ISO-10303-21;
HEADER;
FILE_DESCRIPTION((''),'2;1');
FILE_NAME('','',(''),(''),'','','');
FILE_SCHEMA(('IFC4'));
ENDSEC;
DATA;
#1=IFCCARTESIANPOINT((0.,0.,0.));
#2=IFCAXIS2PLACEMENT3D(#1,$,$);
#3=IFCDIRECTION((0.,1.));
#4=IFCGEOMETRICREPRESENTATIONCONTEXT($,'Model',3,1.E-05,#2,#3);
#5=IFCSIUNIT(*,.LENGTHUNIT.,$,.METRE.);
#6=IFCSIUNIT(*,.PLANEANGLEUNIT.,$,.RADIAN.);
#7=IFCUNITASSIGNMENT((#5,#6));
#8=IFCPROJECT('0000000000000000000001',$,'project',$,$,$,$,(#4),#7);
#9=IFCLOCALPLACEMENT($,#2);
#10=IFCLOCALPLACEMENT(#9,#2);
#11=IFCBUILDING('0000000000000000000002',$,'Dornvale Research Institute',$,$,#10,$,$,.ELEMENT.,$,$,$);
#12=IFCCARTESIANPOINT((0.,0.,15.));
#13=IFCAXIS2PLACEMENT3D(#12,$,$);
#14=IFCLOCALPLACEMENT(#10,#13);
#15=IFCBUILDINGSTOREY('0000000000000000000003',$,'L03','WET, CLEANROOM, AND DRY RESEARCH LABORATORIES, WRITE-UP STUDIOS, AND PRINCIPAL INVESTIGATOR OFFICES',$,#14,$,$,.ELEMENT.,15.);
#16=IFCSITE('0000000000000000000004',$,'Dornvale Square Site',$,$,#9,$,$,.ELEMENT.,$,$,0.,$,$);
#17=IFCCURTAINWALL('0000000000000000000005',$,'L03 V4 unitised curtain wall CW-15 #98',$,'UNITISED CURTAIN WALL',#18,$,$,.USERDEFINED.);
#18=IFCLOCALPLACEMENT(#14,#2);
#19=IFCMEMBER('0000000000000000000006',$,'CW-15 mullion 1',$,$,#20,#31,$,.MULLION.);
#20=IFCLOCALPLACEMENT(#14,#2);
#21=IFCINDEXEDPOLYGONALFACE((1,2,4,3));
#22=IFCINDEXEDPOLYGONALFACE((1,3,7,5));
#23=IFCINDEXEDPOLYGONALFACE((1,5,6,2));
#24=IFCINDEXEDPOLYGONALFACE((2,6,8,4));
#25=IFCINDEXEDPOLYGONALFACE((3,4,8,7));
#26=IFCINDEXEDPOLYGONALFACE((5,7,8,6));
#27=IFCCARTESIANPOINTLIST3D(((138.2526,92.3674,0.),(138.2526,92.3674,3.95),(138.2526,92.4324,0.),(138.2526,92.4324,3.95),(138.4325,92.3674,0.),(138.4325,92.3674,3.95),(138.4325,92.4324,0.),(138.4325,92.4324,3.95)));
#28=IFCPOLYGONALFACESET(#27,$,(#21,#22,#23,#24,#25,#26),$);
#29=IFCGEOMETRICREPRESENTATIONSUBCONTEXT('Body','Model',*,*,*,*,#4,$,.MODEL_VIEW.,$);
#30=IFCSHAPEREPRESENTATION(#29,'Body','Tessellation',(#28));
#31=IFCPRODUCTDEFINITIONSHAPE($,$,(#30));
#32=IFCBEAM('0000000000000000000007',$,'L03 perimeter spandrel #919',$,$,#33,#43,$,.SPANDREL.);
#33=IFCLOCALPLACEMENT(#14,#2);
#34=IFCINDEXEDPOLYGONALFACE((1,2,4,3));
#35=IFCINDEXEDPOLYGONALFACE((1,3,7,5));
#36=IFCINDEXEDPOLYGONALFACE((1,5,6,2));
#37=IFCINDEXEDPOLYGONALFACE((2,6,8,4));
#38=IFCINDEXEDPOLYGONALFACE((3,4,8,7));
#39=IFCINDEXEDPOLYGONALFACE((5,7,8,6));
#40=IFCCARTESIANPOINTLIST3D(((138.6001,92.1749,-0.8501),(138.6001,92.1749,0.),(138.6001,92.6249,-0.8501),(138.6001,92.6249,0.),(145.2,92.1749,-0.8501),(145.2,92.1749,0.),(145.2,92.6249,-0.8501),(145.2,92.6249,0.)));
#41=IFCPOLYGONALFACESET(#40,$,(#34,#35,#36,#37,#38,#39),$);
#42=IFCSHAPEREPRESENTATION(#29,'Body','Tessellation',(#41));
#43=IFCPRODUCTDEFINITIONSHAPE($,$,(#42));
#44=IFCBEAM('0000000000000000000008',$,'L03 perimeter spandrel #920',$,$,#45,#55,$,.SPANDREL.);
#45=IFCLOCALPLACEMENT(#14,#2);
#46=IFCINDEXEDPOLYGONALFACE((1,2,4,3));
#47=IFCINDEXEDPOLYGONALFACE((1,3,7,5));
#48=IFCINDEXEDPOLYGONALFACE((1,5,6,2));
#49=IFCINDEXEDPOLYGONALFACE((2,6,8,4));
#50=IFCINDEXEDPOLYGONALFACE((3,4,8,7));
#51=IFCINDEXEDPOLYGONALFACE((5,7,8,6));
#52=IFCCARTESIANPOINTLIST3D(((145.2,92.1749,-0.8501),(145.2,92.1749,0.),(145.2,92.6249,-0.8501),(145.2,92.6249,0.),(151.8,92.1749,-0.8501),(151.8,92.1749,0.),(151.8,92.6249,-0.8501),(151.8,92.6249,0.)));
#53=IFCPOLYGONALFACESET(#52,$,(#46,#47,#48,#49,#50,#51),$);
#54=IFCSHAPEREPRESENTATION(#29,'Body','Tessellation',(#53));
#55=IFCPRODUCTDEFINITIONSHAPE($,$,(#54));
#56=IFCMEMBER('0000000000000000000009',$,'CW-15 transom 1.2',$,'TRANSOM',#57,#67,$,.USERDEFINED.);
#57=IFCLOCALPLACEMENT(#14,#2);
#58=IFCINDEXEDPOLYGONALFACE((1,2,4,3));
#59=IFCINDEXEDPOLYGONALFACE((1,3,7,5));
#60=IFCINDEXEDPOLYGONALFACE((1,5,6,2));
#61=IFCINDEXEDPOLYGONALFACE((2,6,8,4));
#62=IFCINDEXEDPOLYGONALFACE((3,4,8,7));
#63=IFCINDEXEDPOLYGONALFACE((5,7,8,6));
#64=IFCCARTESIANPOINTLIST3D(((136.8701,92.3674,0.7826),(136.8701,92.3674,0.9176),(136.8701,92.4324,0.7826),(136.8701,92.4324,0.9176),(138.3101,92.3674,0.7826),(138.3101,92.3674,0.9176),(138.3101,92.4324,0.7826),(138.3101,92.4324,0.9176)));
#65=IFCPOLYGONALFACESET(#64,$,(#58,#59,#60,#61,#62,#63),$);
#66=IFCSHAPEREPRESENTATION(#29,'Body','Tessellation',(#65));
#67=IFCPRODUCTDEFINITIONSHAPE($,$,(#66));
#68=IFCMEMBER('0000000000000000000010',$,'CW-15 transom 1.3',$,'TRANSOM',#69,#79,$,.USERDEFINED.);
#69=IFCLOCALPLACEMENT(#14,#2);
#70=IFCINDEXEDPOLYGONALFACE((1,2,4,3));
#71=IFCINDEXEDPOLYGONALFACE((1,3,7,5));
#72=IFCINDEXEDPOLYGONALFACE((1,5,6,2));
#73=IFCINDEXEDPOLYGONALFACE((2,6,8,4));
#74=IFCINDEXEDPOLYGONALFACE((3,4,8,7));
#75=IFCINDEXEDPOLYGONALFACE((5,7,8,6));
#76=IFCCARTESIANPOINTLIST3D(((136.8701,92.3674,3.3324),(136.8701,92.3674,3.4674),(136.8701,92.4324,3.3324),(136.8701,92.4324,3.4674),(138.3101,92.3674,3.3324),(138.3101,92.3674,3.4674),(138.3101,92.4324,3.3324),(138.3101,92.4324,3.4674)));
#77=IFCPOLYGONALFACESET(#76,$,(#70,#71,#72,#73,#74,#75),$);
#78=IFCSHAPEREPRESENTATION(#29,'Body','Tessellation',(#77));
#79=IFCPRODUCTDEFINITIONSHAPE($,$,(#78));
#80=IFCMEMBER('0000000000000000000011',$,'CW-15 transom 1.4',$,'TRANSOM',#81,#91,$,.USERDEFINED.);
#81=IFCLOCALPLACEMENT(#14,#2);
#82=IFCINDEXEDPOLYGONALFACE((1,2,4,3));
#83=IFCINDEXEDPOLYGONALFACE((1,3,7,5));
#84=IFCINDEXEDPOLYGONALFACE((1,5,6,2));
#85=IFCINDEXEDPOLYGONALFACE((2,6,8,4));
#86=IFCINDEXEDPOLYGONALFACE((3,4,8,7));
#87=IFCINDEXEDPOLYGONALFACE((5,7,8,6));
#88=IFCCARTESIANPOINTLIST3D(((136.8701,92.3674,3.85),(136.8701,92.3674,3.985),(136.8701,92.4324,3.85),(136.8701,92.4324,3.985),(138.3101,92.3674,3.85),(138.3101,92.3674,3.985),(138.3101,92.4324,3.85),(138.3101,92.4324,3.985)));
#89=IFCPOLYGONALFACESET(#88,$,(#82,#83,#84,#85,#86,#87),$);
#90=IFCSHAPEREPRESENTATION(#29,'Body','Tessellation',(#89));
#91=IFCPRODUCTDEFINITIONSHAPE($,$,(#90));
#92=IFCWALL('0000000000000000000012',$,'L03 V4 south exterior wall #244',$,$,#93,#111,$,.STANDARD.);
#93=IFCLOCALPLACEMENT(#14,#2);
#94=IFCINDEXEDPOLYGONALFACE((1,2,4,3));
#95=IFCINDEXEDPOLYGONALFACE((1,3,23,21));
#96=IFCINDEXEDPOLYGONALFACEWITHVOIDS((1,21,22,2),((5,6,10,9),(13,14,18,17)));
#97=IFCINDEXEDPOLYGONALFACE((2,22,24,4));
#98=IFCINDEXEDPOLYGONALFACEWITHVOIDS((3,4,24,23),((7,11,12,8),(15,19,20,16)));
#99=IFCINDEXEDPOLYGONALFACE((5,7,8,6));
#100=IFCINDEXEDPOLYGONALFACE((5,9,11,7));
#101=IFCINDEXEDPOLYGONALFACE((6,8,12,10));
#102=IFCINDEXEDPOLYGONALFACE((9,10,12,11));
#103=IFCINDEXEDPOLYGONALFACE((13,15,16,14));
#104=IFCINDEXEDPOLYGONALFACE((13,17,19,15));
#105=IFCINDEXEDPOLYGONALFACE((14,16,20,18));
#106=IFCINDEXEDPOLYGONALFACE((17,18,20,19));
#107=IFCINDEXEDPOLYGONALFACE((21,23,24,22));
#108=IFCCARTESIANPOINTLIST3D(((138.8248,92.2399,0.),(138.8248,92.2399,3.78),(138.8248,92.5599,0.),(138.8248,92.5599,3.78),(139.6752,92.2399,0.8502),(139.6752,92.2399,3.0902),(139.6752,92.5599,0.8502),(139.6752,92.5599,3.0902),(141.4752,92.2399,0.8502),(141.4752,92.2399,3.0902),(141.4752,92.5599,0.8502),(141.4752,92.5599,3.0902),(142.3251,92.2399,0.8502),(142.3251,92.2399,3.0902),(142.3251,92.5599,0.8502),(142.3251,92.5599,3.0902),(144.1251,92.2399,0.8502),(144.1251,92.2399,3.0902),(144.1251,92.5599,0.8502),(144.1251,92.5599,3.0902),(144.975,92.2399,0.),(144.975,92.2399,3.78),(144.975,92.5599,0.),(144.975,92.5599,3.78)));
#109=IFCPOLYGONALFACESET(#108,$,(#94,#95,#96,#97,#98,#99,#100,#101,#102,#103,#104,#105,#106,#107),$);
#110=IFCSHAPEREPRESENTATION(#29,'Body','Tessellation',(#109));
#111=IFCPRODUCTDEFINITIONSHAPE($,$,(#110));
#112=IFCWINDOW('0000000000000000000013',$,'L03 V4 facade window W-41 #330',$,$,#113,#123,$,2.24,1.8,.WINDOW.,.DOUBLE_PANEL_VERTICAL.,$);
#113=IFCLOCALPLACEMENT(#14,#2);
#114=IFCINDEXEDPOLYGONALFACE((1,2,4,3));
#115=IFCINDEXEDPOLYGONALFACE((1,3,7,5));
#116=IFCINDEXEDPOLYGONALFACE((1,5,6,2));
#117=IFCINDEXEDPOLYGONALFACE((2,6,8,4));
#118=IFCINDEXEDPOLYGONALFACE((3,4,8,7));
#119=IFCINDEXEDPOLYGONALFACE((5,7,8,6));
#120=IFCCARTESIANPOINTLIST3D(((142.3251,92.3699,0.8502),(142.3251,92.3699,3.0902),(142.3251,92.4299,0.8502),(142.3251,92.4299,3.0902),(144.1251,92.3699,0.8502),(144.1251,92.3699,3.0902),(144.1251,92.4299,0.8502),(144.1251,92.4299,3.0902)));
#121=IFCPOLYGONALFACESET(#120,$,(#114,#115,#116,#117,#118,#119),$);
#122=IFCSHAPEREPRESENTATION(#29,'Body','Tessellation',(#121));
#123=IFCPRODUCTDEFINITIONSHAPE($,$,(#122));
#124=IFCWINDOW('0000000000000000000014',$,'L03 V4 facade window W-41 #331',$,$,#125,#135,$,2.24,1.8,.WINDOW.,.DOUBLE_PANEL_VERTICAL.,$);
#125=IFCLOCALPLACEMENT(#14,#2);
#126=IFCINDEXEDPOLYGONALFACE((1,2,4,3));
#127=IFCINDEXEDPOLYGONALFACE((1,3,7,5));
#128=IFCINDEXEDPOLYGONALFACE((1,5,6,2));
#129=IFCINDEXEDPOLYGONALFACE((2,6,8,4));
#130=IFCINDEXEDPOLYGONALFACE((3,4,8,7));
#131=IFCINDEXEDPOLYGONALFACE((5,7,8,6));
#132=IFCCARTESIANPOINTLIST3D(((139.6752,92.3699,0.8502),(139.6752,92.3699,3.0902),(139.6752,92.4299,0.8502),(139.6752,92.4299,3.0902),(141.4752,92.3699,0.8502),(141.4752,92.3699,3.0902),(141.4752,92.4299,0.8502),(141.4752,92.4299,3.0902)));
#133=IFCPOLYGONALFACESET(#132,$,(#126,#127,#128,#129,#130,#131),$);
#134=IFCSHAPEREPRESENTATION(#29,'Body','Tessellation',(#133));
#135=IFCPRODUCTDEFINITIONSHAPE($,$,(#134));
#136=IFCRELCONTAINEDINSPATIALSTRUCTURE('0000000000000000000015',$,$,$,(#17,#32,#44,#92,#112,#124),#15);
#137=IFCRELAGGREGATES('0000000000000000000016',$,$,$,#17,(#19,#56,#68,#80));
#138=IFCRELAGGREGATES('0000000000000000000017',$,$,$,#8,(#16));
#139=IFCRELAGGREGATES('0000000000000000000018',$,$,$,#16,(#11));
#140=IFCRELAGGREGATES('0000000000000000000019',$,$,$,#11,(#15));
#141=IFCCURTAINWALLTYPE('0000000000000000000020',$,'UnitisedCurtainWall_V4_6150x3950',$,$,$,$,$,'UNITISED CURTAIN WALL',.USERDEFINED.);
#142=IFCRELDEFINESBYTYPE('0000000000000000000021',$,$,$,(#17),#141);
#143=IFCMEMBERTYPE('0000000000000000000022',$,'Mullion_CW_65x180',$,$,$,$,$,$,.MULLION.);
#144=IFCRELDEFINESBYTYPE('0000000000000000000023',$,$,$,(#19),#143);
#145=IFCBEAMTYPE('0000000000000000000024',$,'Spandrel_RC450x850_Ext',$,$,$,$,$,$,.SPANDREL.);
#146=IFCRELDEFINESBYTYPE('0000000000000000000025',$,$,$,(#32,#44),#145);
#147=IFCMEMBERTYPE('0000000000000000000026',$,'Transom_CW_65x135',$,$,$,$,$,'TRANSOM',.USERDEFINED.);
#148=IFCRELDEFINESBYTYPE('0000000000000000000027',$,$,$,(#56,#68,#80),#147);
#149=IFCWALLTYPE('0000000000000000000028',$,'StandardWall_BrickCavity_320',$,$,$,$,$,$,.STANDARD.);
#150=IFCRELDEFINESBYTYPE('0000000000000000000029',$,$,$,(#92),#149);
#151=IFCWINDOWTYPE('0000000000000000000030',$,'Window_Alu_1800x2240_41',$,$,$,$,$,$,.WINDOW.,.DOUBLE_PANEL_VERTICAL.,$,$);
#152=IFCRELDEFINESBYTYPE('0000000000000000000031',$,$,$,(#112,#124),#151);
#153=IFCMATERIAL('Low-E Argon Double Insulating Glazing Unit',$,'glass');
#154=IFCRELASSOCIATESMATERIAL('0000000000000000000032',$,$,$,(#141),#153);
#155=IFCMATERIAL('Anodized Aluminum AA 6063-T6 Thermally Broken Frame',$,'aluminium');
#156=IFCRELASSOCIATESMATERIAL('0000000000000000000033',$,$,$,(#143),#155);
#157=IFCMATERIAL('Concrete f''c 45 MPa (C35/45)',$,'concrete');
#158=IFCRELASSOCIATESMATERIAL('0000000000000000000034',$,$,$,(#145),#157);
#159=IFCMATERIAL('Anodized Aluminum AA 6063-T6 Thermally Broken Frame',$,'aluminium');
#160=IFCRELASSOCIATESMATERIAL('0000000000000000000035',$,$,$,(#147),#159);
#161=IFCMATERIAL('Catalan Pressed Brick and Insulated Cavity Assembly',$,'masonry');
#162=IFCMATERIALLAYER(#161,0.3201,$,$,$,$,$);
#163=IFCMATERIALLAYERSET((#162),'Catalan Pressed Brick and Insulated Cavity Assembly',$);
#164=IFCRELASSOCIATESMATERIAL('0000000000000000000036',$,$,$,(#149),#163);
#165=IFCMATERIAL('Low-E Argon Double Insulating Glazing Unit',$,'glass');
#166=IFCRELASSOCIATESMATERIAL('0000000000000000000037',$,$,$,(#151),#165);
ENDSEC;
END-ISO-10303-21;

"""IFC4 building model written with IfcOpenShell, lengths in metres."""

from ifc_helpers import new_model, si_unit, direction, frame, frame_2d, origin, origin_2d, place, context, subcontext, project, spatial, rectangle, extrude, material, layer, layer_set, material_profile, profile_set, type_object, element, fill, aggregate, save


model = new_model("IFC4")

# Units and contexts
model_context = context("Model", 3, precision=1e-05, world=origin(), true_north=direction((0.0, 1.0)))
body_context = subcontext(model_context, "Body", "Model", "MODEL_VIEW")
ifc_project = project(units=[si_unit("LENGTHUNIT", "METRE"), si_unit("PLANEANGLEUNIT", "RADIAN")], contexts=[model_context])

# Site, building, storey
site_placement = place(None, origin())
site = spatial("IfcSite", under=ifc_project, at=site_placement, Name="Dornvale Square Site", CompositionType="ELEMENT", RefElevation=0.0)
building_placement = place(site_placement, origin())
building = spatial("IfcBuilding", under=site, at=building_placement, Name="Dornvale Research Institute", CompositionType="ELEMENT")
storey_placement = place(building_placement, frame((0.0, 0.0, 15.0)))
storey = spatial("IfcBuildingStorey", under=building, at=storey_placement, Name="L03", Description="WET, CLEANROOM, AND DRY RESEARCH LABORATORIES, WRITE-UP STUDIOS, AND PRINCIPAL INVESTIGATOR OFFICES", CompositionType="ELEMENT", Elevation=15.0)

# Curtain wall, member
ifc_material_1 = material(Name="Low-E Argon Double Insulating Glazing Unit", Category="glass")
curtain_wall_type = type_object("IfcCurtainWallType", Name="UnitisedCurtainWall_V4_6150x3950", ElementType="UNITISED CURTAIN WALL", PredefinedType="USERDEFINED", material=ifc_material_1)
curtain_wall_placement = place(storey_placement, origin())
curtain_wall = element("IfcCurtainWall", 1, at=curtain_wall_placement, inside=storey, type_object=curtain_wall_type, Name="L03 V4 unitised curtain wall CW-15 #98", ObjectType="UNITISED CURTAIN WALL", PredefinedType="USERDEFINED")
ifc_material_2 = material(Name="Anodized Aluminum AA 6063-T6 Thermally Broken Frame", Category="aluminium")
ifc_material_profile_1 = material_profile(ifc_material_2, rectangle(XDim=0.0649, YDim=0.1799, at=origin_2d()), Name="ALU MULLION 65x180")
ifc_profile_set_1 = profile_set([ifc_material_profile_1], Name="Anodized Aluminum AA 6063-T6 Thermally Broken Frame")
member_type_1 = type_object("IfcMemberType", Name="Mullion_CW_65x180", PredefinedType="MULLION", material=ifc_profile_set_1)
member_1_placement = place(storey_placement, frame((138.3425, 92.3999, 0.0), z_axis=(0.0, 0.0, 1.0), x_axis=(0.0, -1.0, 0.0)))
member_1 = element("IfcMember", 2, at=member_1_placement, type_object=member_type_1, Name="CW-15 mullion 1", PredefinedType="MULLION", context=body_context, shape_type="SweptSolid", body=[
    extrude(rectangle(XDim=0.0649, YDim=0.1799, at=origin_2d()), origin(), (0.0, 0.0, 1.0), 3.95),
])

# Beams
ifc_material_3 = material(Name="Concrete f'c 45 MPa (C35/45)", Category="concrete")
ifc_material_profile_2 = material_profile(ifc_material_3, rectangle(XDim=0.45, YDim=0.8501, at=origin_2d()), Name="RC 450x850")
ifc_profile_set_2 = profile_set([ifc_material_profile_2], Name="Concrete f'c 45 MPa (C35/45)")
beam_type_1 = type_object("IfcBeamType", Name="Spandrel_RC450x850_Ext", PredefinedType="SPANDREL", material=ifc_profile_set_2)
beam_1_placement = place(storey_placement, frame((138.6001, 92.3999, -0.425), z_axis=(1.0, 0.0, 0.0), x_axis=(0.0, 1.0, 0.0)))
element("IfcBeam", 3, at=beam_1_placement, inside=storey, type_object=beam_type_1, Name="L03 perimeter spandrel #919", PredefinedType="SPANDREL", context=body_context, shape_type="SweptSolid", body=[
    extrude(rectangle(XDim=0.45, YDim=0.8501, at=origin_2d()), origin(), (0.0, 0.0, 1.0), 6.5999),
])
beam_2_placement = place(storey_placement, frame((145.2, 92.3999, -0.425), z_axis=(1.0, 0.0, 0.0), x_axis=(0.0, 1.0, 0.0)))
element("IfcBeam", 4, at=beam_2_placement, inside=storey, type_object=beam_type_1, Name="L03 perimeter spandrel #920", PredefinedType="SPANDREL", context=body_context, shape_type="SweptSolid", body=[
    extrude(rectangle(XDim=0.45, YDim=0.8501, at=origin_2d()), origin(), (0.0, 0.0, 1.0), 6.6001),
])

# Members
ifc_material_4 = material(Name="Anodized Aluminum AA 6063-T6 Thermally Broken Frame", Category="aluminium")
ifc_material_profile_3 = material_profile(ifc_material_4, rectangle(XDim=0.0649, YDim=0.135, at=origin_2d()), Name="ALU TRANSOM 65x135")
ifc_profile_set_3 = profile_set([ifc_material_profile_3], Name="Anodized Aluminum AA 6063-T6 Thermally Broken Frame")
member_type_2 = type_object("IfcMemberType", Name="Transom_CW_65x135", ElementType="TRANSOM", PredefinedType="USERDEFINED", material=ifc_profile_set_3)
member_2_placement = place(storey_placement, frame((138.3101, 92.3999, 0.8501), z_axis=(-1.0, 0.0, 0.0), x_axis=(0.0, -1.0, 0.0)))
member_2 = element("IfcMember", 5, at=member_2_placement, type_object=member_type_2, Name="CW-15 transom 1.2", ObjectType="TRANSOM", PredefinedType="USERDEFINED", context=body_context, shape_type="SweptSolid", body=[
    extrude(rectangle(XDim=0.0649, YDim=0.135, at=origin_2d()), origin(), (0.0, 0.0, 1.0), 1.4399),
])
member_3_placement = place(storey_placement, frame((138.3101, 92.3999, 3.3999), z_axis=(-1.0, 0.0, 0.0), x_axis=(0.0, -1.0, 0.0)))
member_3 = element("IfcMember", 6, at=member_3_placement, type_object=member_type_2, Name="CW-15 transom 1.3", ObjectType="TRANSOM", PredefinedType="USERDEFINED", context=body_context, shape_type="SweptSolid", body=[
    extrude(rectangle(XDim=0.0649, YDim=0.135, at=origin_2d()), origin(), (0.0, 0.0, 1.0), 1.4399),
])
member_4_placement = place(storey_placement, frame((138.3101, 92.3999, 3.9175), z_axis=(-1.0, 0.0, 0.0), x_axis=(0.0, -1.0, 0.0)))
member_4 = element("IfcMember", 7, at=member_4_placement, type_object=member_type_2, Name="CW-15 transom 1.4", ObjectType="TRANSOM", PredefinedType="USERDEFINED", context=body_context, shape_type="SweptSolid", body=[
    extrude(rectangle(XDim=0.0649, YDim=0.135, at=origin_2d()), origin(), (0.0, 0.0, 1.0), 1.4399),
])
aggregate(curtain_wall, [member_1, member_2, member_3, member_4])

# Wall, openings, windows
ifc_material_5 = material(Name="Catalan Pressed Brick and Insulated Cavity Assembly", Category="masonry")
ifc_layer = layer(ifc_material_5, 0.3201)
ifc_layer_set = layer_set([ifc_layer], Name="Catalan Pressed Brick and Insulated Cavity Assembly")
wall_type = type_object("IfcWallType", Name="StandardWall_BrickCavity_320", PredefinedType="STANDARD", material=ifc_layer_set)
wall_placement = place(storey_placement, frame((144.9751, 92.3999, 0.0), z_axis=(0.0, 0.0, 1.0), x_axis=(-1.0, 0.0, 0.0)))
wall = element("IfcWall", 8, at=wall_placement, inside=storey, type_object=wall_type, Name="L03 V4 south exterior wall #244", PredefinedType="STANDARD", context=body_context, shape_type="SweptSolid", body=[
    extrude(rectangle(XDim=6.1501, YDim=0.3201, at=frame_2d((3.0752, 0.0))), origin(), (0.0, 0.0, 1.0), 3.78),
])
opening_1_placement = place(wall_placement, frame((0.8501, 0.0, 0.8501)))
opening_1 = element("IfcOpeningElement", 9, at=opening_1_placement, cuts=wall, PredefinedType="OPENING", context=body_context, shape_type="SweptSolid", body=[
    extrude(rectangle(XDim=1.8, YDim=2.24, at=frame_2d((0.8999, 1.1201))), frame((0.0, 0.175, 0.0), z_axis=(0.0, -1.0, 0.0), x_axis=(1.0, 0.0, 0.0)), (0.0, 0.0, 1.0), 0.3501),
])
opening_2_placement = place(wall_placement, frame((3.5, 0.0, 0.8501)))
opening_2 = element("IfcOpeningElement", 10, at=opening_2_placement, cuts=wall, PredefinedType="OPENING", context=body_context, shape_type="SweptSolid", body=[
    extrude(rectangle(XDim=1.8, YDim=2.24, at=frame_2d((0.8999, 1.1201))), frame((0.0, 0.175, 0.0), z_axis=(0.0, -1.0, 0.0), x_axis=(1.0, 0.0, 0.0)), (0.0, 0.0, 1.0), 0.3501),
])
ifc_material_6 = material(Name="Low-E Argon Double Insulating Glazing Unit", Category="glass")
window_type = type_object("IfcWindowType", Name="Window_Alu_1800x2240_41", PartitioningType="DOUBLE_PANEL_VERTICAL", PredefinedType="WINDOW", material=ifc_material_6)
window_1_placement = place(opening_1_placement, origin())
window_1 = element("IfcWindow", 11, at=window_1_placement, inside=storey, type_object=window_type, Name="L03 V4 facade window W-41 #330", OverallHeight=2.24, OverallWidth=1.8, PartitioningType="DOUBLE_PANEL_VERTICAL", PredefinedType="WINDOW", context=body_context, shape_type="SweptSolid", body=[
    extrude(rectangle(XDim=1.8, YDim=2.24, at=frame_2d((0.8999, 1.1201))), frame((0.0, 0.03, 0.0), z_axis=(0.0, -1.0, 0.0), x_axis=(1.0, 0.0, 0.0)), (0.0, 0.0, 1.0), 0.0601),
])
fill(opening_1, window_1)
window_2_placement = place(opening_2_placement, origin())
window_2 = element("IfcWindow", 12, at=window_2_placement, inside=storey, type_object=window_type, Name="L03 V4 facade window W-41 #331", OverallHeight=2.24, OverallWidth=1.8, PartitioningType="DOUBLE_PANEL_VERTICAL", PredefinedType="WINDOW", context=body_context, shape_type="SweptSolid", body=[
    extrude(rectangle(XDim=1.8, YDim=2.24, at=frame_2d((0.8999, 1.1201))), frame((0.0, 0.03, 0.0), z_axis=(0.0, -1.0, 0.0), x_axis=(1.0, 0.0, 0.0)), (0.0, 0.0, 1.0), 0.0601),
])
fill(opening_2, window_2)

save(model, "model.ifc")
